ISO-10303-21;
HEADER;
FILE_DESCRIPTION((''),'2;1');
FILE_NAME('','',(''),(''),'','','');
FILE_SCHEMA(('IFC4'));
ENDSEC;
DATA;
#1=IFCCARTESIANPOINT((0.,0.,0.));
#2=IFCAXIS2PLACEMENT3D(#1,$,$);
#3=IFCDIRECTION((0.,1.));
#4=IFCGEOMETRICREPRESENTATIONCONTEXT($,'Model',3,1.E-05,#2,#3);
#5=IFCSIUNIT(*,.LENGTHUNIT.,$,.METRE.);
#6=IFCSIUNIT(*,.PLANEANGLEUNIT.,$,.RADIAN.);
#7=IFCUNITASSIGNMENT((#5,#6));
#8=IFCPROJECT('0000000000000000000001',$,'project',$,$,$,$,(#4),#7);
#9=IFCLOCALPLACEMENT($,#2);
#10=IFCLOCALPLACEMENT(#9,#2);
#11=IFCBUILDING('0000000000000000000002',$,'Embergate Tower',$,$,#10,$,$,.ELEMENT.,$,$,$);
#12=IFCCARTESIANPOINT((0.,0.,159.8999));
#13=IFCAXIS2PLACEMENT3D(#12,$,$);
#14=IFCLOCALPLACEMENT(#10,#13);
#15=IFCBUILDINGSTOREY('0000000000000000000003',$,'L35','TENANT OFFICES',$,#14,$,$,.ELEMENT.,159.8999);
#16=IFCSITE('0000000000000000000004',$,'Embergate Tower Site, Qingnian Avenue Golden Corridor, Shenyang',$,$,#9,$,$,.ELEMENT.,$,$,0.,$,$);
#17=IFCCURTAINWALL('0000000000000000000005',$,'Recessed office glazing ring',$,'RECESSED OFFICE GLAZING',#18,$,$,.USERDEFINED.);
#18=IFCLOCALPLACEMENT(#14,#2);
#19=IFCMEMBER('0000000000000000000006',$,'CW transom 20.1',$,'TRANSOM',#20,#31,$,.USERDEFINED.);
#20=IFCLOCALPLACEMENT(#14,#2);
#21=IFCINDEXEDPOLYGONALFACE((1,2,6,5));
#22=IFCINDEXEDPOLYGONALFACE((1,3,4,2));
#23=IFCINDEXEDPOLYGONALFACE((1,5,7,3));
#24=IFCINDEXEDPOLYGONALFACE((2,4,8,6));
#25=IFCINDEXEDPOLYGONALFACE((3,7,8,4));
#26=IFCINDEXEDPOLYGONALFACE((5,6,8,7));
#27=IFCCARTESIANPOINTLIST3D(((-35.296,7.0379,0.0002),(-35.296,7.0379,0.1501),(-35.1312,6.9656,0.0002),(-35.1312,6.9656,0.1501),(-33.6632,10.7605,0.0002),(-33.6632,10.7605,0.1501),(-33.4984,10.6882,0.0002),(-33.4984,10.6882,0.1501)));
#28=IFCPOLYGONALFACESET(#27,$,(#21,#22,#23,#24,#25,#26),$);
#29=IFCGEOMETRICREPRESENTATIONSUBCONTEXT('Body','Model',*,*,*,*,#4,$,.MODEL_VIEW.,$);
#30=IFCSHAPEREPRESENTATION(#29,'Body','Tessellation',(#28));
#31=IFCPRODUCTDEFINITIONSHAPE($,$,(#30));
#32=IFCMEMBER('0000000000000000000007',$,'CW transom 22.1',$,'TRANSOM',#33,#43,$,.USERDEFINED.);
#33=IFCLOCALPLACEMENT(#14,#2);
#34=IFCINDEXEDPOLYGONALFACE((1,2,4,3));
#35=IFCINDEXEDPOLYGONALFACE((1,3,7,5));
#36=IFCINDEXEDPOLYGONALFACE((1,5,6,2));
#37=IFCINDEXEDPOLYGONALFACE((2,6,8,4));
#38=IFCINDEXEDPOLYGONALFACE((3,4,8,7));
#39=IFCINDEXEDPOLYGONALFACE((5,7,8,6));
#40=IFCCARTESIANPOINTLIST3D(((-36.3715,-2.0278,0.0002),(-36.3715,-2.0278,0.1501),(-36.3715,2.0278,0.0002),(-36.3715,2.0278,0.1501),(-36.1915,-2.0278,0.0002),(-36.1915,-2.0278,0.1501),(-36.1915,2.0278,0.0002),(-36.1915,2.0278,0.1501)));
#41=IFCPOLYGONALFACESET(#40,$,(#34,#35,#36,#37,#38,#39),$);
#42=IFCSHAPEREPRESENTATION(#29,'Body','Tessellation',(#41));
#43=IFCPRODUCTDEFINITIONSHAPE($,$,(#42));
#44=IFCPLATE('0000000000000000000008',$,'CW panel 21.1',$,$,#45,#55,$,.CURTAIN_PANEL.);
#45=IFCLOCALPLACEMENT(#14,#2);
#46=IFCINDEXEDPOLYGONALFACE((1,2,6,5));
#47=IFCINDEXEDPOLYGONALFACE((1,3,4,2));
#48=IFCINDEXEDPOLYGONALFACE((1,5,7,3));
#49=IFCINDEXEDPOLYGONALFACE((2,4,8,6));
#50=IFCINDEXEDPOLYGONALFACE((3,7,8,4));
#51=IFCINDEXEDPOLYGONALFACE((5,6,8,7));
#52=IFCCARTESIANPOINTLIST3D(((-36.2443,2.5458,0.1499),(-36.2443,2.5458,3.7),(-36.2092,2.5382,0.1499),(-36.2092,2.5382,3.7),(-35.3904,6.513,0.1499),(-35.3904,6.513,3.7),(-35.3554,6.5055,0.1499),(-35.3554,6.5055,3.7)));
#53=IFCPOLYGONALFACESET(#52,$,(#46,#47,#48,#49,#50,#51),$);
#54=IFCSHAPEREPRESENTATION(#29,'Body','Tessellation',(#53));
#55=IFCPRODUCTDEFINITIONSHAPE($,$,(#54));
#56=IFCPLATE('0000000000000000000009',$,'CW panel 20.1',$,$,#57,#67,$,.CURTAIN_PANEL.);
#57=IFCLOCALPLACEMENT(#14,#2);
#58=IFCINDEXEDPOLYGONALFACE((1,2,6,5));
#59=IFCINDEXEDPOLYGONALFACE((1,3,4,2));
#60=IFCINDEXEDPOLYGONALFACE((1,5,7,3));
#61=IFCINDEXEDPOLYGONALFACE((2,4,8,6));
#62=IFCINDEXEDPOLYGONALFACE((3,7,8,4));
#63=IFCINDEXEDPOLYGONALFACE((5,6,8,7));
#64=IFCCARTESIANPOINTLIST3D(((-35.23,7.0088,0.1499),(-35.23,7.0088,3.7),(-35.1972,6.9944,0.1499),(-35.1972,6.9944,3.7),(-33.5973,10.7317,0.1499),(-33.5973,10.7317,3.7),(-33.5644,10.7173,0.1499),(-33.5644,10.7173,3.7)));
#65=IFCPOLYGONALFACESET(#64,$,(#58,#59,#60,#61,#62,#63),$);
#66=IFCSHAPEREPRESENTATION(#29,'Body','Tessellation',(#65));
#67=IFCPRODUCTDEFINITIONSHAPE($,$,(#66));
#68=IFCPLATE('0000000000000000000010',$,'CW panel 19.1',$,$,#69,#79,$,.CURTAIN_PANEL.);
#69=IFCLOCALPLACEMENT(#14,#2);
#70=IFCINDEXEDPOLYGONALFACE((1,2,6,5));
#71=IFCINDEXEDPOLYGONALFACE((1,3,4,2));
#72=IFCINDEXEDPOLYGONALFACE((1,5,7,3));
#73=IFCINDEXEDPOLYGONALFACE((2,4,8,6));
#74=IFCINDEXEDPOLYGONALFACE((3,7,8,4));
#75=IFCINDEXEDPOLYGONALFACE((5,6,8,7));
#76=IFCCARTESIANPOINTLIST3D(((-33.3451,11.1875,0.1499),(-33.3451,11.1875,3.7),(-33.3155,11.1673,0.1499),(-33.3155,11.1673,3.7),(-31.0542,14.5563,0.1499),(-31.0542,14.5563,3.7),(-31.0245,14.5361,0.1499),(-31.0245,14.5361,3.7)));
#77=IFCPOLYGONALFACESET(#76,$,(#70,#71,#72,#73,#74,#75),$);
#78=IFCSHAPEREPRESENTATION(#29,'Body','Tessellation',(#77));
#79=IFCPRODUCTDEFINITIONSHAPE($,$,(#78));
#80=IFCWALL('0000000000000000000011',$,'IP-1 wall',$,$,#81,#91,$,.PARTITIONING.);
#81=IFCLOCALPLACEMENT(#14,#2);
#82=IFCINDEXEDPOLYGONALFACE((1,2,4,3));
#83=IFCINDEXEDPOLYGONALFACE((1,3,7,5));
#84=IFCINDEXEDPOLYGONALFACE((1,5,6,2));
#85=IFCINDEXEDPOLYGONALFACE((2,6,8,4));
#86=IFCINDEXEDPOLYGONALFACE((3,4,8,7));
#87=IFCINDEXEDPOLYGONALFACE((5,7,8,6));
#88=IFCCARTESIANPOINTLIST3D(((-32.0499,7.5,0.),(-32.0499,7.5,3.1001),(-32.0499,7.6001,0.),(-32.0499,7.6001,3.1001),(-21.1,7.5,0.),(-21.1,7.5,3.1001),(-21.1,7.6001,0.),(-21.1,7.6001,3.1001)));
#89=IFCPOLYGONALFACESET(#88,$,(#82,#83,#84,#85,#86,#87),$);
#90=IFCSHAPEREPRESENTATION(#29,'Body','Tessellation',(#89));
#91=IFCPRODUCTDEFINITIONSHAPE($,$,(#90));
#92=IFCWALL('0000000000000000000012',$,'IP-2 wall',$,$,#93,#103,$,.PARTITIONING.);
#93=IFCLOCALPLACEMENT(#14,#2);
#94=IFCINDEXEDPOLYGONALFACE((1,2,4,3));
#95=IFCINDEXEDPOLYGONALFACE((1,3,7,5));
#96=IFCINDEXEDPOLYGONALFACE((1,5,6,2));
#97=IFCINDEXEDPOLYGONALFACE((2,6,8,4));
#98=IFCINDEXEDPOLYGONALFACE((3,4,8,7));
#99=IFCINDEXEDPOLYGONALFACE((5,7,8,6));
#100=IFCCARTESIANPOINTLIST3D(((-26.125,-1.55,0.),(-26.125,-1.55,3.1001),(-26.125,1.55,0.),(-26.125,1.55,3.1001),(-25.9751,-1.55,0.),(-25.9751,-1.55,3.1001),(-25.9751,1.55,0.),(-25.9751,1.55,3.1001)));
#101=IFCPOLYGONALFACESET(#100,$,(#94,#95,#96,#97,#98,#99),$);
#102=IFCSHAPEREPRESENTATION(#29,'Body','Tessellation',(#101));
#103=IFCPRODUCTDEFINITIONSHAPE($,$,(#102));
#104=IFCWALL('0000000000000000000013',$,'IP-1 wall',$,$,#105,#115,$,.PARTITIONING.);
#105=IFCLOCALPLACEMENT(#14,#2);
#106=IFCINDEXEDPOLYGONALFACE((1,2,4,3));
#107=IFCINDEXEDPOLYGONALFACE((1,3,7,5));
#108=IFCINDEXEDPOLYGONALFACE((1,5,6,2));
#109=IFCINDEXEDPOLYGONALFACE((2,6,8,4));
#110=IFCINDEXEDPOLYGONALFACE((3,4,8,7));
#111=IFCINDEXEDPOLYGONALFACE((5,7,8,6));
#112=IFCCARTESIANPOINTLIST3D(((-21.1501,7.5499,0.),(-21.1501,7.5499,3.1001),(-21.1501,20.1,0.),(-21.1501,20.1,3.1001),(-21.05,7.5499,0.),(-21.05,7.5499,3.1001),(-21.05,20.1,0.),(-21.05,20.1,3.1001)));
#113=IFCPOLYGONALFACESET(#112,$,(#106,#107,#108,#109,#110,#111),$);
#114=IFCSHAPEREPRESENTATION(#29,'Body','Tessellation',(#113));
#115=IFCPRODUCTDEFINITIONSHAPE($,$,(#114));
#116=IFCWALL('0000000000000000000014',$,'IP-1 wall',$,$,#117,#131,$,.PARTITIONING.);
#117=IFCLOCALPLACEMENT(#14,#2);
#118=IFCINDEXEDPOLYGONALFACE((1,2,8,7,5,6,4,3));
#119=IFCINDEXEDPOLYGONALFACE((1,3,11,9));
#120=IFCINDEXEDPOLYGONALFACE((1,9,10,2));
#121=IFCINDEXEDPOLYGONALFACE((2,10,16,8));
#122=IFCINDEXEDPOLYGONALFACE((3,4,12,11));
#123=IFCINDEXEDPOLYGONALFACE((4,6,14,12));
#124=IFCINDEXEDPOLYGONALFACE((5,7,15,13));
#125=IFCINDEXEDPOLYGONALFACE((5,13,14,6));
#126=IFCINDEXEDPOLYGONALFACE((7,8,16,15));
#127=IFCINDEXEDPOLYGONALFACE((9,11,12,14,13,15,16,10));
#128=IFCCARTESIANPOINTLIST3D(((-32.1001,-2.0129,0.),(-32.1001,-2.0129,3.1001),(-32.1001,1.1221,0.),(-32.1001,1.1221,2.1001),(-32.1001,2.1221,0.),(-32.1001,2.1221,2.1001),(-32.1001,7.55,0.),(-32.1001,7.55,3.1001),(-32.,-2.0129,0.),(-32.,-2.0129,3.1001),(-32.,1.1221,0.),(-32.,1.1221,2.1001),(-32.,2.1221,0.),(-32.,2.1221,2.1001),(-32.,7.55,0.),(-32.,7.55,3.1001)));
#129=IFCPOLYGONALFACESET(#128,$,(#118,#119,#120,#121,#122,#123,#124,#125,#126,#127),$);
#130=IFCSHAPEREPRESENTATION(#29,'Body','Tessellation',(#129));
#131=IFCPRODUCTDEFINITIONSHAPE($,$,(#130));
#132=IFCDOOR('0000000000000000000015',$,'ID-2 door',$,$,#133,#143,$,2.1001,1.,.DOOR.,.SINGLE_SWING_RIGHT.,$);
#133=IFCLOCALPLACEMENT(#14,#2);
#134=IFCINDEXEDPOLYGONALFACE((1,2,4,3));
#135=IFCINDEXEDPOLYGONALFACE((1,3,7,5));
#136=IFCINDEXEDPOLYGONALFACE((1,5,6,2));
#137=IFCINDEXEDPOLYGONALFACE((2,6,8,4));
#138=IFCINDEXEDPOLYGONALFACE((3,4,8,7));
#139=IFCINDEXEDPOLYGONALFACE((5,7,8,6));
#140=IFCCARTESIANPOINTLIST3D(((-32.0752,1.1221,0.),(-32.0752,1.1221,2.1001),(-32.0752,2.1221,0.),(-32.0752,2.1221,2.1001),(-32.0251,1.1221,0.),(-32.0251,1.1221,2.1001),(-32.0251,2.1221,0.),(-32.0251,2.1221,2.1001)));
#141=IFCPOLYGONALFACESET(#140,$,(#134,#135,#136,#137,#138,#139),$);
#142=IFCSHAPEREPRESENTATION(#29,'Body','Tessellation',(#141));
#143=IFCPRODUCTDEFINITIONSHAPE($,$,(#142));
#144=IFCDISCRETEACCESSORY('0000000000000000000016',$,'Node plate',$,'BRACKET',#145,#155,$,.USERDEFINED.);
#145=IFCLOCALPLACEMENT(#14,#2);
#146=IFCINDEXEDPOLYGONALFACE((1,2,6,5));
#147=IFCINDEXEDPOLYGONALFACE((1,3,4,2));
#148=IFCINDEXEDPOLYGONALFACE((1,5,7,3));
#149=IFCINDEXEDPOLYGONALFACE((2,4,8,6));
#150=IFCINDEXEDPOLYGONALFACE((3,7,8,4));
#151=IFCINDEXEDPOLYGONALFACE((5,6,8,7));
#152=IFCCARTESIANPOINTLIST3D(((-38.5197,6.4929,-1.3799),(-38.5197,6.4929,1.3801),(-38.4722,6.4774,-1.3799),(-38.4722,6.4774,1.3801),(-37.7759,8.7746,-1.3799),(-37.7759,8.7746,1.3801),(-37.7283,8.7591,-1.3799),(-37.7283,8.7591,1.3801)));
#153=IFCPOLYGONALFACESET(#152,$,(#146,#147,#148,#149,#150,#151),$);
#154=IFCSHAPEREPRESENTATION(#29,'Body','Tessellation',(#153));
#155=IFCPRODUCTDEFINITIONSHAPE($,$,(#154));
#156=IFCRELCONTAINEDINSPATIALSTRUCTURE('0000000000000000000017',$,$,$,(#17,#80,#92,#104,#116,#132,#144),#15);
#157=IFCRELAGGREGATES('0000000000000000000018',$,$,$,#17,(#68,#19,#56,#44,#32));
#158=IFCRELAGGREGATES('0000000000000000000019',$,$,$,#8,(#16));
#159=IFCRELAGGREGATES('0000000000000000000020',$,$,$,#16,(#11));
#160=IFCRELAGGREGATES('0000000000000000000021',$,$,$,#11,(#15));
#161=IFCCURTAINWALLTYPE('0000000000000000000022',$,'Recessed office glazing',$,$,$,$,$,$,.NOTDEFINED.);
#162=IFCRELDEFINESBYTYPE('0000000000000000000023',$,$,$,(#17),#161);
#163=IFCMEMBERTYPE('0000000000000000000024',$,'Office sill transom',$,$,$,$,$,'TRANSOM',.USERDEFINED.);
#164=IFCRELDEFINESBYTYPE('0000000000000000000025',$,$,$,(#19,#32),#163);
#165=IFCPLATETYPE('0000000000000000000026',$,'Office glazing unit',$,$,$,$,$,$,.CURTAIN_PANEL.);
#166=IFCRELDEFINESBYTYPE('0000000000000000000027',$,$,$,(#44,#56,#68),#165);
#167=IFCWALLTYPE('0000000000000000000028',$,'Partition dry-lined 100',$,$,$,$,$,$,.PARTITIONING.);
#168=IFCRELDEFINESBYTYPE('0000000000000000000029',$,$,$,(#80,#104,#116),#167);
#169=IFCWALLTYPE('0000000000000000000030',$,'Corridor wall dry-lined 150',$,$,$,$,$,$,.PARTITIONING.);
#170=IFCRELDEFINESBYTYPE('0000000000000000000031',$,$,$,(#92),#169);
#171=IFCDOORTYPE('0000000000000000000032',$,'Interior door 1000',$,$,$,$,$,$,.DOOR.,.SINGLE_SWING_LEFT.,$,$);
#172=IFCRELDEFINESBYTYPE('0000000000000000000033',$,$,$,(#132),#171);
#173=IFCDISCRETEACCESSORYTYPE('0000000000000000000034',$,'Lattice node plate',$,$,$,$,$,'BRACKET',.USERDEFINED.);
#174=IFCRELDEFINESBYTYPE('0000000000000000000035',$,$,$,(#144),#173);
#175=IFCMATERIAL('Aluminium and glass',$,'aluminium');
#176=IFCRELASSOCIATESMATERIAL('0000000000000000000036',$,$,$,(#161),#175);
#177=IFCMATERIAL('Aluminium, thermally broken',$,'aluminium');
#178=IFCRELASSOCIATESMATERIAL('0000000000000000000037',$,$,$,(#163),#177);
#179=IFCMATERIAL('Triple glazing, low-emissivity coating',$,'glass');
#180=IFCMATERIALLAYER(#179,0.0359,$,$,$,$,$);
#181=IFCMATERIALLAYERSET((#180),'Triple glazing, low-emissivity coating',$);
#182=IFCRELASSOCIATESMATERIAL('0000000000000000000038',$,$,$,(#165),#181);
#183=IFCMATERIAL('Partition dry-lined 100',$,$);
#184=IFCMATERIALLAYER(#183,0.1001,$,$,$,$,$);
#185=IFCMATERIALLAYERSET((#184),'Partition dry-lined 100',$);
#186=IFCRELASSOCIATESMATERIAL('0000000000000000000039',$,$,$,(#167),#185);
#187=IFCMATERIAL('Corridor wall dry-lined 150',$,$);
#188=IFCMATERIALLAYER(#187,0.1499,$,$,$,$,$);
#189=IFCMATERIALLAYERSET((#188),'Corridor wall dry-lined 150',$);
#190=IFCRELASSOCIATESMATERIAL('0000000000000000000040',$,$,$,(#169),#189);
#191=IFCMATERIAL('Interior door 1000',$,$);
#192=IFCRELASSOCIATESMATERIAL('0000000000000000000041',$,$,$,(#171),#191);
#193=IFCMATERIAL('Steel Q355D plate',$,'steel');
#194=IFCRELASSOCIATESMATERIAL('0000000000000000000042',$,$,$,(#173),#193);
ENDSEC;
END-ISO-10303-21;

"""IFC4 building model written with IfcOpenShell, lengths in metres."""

from ifc_helpers import new_model, si_unit, direction, frame, frame_2d, origin, origin_2d, place, context, subcontext, project, spatial, rectangle, extrude, source, transform, mapped, material, layer, layer_set, material_profile, profile_set, type_object, element, fill, aggregate, save


model = new_model("IFC4")

# Units and contexts
model_context = context("Model", 3, precision=1e-05, world=origin(), true_north=direction((0.0, 1.0)))
body_context = subcontext(model_context, "Body", "Model", "MODEL_VIEW")
ifc_project = project(units=[si_unit("LENGTHUNIT", "METRE"), si_unit("PLANEANGLEUNIT", "RADIAN")], contexts=[model_context])

# Site, building, storey
site_placement = place(None, origin())
site = spatial("IfcSite", under=ifc_project, at=site_placement, Name="Embergate Tower Site, Qingnian Avenue Golden Corridor, Shenyang", CompositionType="ELEMENT", RefElevation=0.0)
building_placement = place(site_placement, origin())
building = spatial("IfcBuilding", under=site, at=building_placement, Name="Embergate Tower", CompositionType="ELEMENT")
storey_placement = place(building_placement, frame((0.0, 0.0, 159.8999)))
storey = spatial("IfcBuildingStorey", under=building, at=storey_placement, Name="L35", Description="TENANT OFFICES", CompositionType="ELEMENT", Elevation=159.8999)

# Curtain wall, members, plates
ifc_material_1 = material(Name="Aluminium and glass", Category="aluminium")
curtain_wall_type = type_object("IfcCurtainWallType", Name="Recessed office glazing", PredefinedType="NOTDEFINED", material=ifc_material_1)
curtain_wall_placement = place(storey_placement, origin())
curtain_wall = element("IfcCurtainWall", 1, at=curtain_wall_placement, inside=storey, type_object=curtain_wall_type, Name="Recessed office glazing ring", ObjectType="RECESSED OFFICE GLAZING", PredefinedType="USERDEFINED")
ifc_material_2 = material(Name="Aluminium, thermally broken", Category="aluminium")
ifc_material_profile_1 = material_profile(ifc_material_2, rectangle(XDim=0.1799, YDim=0.1499, at=origin_2d()), Name="AL 150x180")
ifc_profile_set_1 = profile_set([ifc_material_profile_1], Name="Aluminium, thermally broken")
member_type_1 = type_object("IfcMemberType", Name="Office sill transom", ElementType="TRANSOM", PredefinedType="USERDEFINED", material=ifc_profile_set_1)
shared_shape_1 = source(origin(), body_context, "Body", "SweptSolid", [
    extrude(rectangle(XDim=0.1799, YDim=0.1499, at=origin_2d()), origin(), (0.0, 0.0, 1.0), 4.0649),
])
member_1_placement = place(storey_placement, frame((-33.5808, 10.7244, 0.0752), z_axis=(-0.401676, -0.915782, 0.0), x_axis=(0.915782, -0.401676, 0.0)))
member_1 = element("IfcMember", 2, at=member_1_placement, type_object=member_type_1, Name="CW transom 20.1", ObjectType="TRANSOM", PredefinedType="USERDEFINED", context=body_context, shape_type="MappedRepresentation", body=[
    mapped(shared_shape_1, transform((0.0, 0.0, 0.0))),
])
shared_shape_2 = source(origin(), body_context, "Body", "SweptSolid", [
    extrude(rectangle(XDim=0.1799, YDim=0.1499, at=origin_2d()), origin(), (0.0, 0.0, 1.0), 4.0557),
])
member_2_placement = place(storey_placement, frame((-36.2815, 2.0278, 0.0752), z_axis=(0.0, -1.0, 0.0), x_axis=(1.0, 0.0, 0.0)))
member_2 = element("IfcMember", 3, at=member_2_placement, type_object=member_type_1, Name="CW transom 22.1", ObjectType="TRANSOM", PredefinedType="USERDEFINED", context=body_context, shape_type="MappedRepresentation", body=[
    mapped(shared_shape_2, transform((0.0, 0.0, 0.0))),
])
ifc_material_3 = material(Name="Triple glazing, low-emissivity coating", Category="glass")
ifc_layer_1 = layer(ifc_material_3, 0.0359)
ifc_layer_set_1 = layer_set([ifc_layer_1], Name="Triple glazing, low-emissivity coating")
plate_type = type_object("IfcPlateType", Name="Office glazing unit", PredefinedType="CURTAIN_PANEL", material=ifc_layer_set_1)
shared_shape_3 = source(origin(), body_context, "Body", "SweptSolid", [
    extrude(rectangle(XDim=4.0581, YDim=0.0359, at=origin_2d()), origin(), (0.0, 0.0, 1.0), 3.55),
])
plate_1_placement = place(storey_placement, frame((-35.7998, 4.5256, 0.1499), z_axis=(0.0, 0.0, 1.0), x_axis=(-0.210398, -0.977616, 0.0)))
plate_1 = element("IfcPlate", 4, at=plate_1_placement, type_object=plate_type, Name="CW panel 21.1", PredefinedType="CURTAIN_PANEL", context=body_context, shape_type="MappedRepresentation", body=[
    mapped(shared_shape_3, transform((0.0, 0.0, 0.0))),
])
shared_shape_4 = source(origin(), body_context, "Body", "SweptSolid", [
    extrude(rectangle(XDim=4.0652, YDim=0.0359, at=origin_2d()), origin(), (0.0, 0.0, 1.0), 3.55),
])
plate_2_placement = place(storey_placement, frame((-34.3972, 8.863, 0.1499), z_axis=(0.0, 0.0, 1.0), x_axis=(-0.401652, -0.915792, 0.0)))
plate_2 = element("IfcPlate", 5, at=plate_2_placement, type_object=plate_type, Name="CW panel 20.1", PredefinedType="CURTAIN_PANEL", context=body_context, shape_type="MappedRepresentation", body=[
    mapped(shared_shape_4, transform((0.0, 0.0, 0.0))),
])
shared_shape_5 = source(origin(), body_context, "Body", "SweptSolid", [
    extrude(rectangle(XDim=4.074, YDim=0.0359, at=origin_2d()), origin(), (0.0, 0.0, 1.0), 3.55),
])
plate_3_placement = place(storey_placement, frame((-32.1848, 12.8618, 0.1499), z_axis=(0.0, 0.0, 1.0), x_axis=(-0.562342, -0.826905, 0.0)))
plate_3 = element("IfcPlate", 6, at=plate_3_placement, type_object=plate_type, Name="CW panel 19.1", PredefinedType="CURTAIN_PANEL", context=body_context, shape_type="MappedRepresentation", body=[
    mapped(shared_shape_5, transform((0.0, 0.0, 0.0))),
])
aggregate(curtain_wall, [plate_3, member_1, plate_2, plate_1, member_2])

# Walls
ifc_material_4 = material(Name="Partition dry-lined 100")
ifc_layer_2 = layer(ifc_material_4, 0.1001)
ifc_layer_set_2 = layer_set([ifc_layer_2], Name="Partition dry-lined 100")
wall_type_1 = type_object("IfcWallType", Name="Partition dry-lined 100", PredefinedType="PARTITIONING", material=ifc_layer_set_2)
shared_shape_6 = source(origin(), body_context, "Body", "SweptSolid", [
    extrude(rectangle(XDim=10.95, YDim=0.1001, at=frame_2d((5.4751, 0.0))), origin(), (0.0, 0.0, 1.0), 3.1001),
])
wall_1_placement = place(storey_placement, frame((-32.05, 7.55, 0.0), z_axis=(0.0, 0.0, 1.0), x_axis=(1.0, 0.0, 0.0)))
element("IfcWall", 7, at=wall_1_placement, inside=storey, type_object=wall_type_1, Name="IP-1 wall", PredefinedType="PARTITIONING", context=body_context, shape_type="MappedRepresentation", body=[
    mapped(shared_shape_6, transform((0.0, 0.0, 0.0))),
])
ifc_material_5 = material(Name="Corridor wall dry-lined 150")
ifc_layer_3 = layer(ifc_material_5, 0.1499)
ifc_layer_set_3 = layer_set([ifc_layer_3], Name="Corridor wall dry-lined 150")
wall_type_2 = type_object("IfcWallType", Name="Corridor wall dry-lined 150", PredefinedType="PARTITIONING", material=ifc_layer_set_3)
shared_shape_7 = source(origin(), body_context, "Body", "SweptSolid", [
    extrude(rectangle(XDim=3.1001, YDim=0.1499, at=frame_2d((1.55, 0.0))), origin(), (0.0, 0.0, 1.0), 3.1001),
])
wall_2_placement = place(storey_placement, frame((-26.05, 1.55, 0.0), z_axis=(0.0, 0.0, 1.0), x_axis=(0.0, -1.0, 0.0)))
element("IfcWall", 8, at=wall_2_placement, inside=storey, type_object=wall_type_2, Name="IP-2 wall", PredefinedType="PARTITIONING", context=body_context, shape_type="MappedRepresentation", body=[
    mapped(shared_shape_7, transform((0.0, 0.0, 0.0))),
])
shared_shape_8 = source(origin(), body_context, "Body", "SweptSolid", [
    extrude(rectangle(XDim=12.55, YDim=0.1001, at=frame_2d((6.2749, 0.0))), origin(), (0.0, 0.0, 1.0), 3.1001),
])
wall_3_placement = place(storey_placement, frame((-21.1001, 7.55, 0.0), z_axis=(0.0, 0.0, 1.0), x_axis=(0.0, 1.0, 0.0)))
element("IfcWall", 9, at=wall_3_placement, inside=storey, type_object=wall_type_1, Name="IP-1 wall", PredefinedType="PARTITIONING", context=body_context, shape_type="MappedRepresentation", body=[
    mapped(shared_shape_8, transform((0.0, 0.0, 0.0))),
])

# Wall, opening, door
shared_shape_9 = source(origin(), body_context, "Body", "SweptSolid", [
    extrude(rectangle(XDim=9.563, YDim=0.1001, at=frame_2d((4.7815, 0.0))), origin(), (0.0, 0.0, 1.0), 3.1001),
])
wall_4_placement = place(storey_placement, frame((-32.05, 7.55, 0.0), z_axis=(0.0, 0.0, 1.0), x_axis=(0.0, -1.0, 0.0)))
wall_4 = element("IfcWall", 10, at=wall_4_placement, inside=storey, type_object=wall_type_1, Name="IP-1 wall", PredefinedType="PARTITIONING", context=body_context, shape_type="MappedRepresentation", body=[
    mapped(shared_shape_9, transform((0.0, 0.0, 0.0))),
])
shared_shape_10 = source(origin(), body_context, "Body", "SweptSolid", [
    extrude(rectangle(XDim=1.0, YDim=2.1001, at=frame_2d((0.5, 1.05))), frame((0.0, 0.0601, 0.0), z_axis=(0.0, -1.0, 0.0), x_axis=(1.0, 0.0, 0.0)), (0.0, 0.0, 1.0), 0.1201),
])
opening_placement = place(wall_4_placement, frame((5.428, 0.0, 0.0)))
opening = element("IfcOpeningElement", 11, at=opening_placement, cuts=wall_4, PredefinedType="OPENING", context=body_context, shape_type="MappedRepresentation", body=[
    mapped(shared_shape_10, transform((0.0, 0.0, 0.0))),
])
ifc_material_6 = material(Name="Interior door 1000")
door_type = type_object("IfcDoorType", Name="Interior door 1000", OperationType="SINGLE_SWING_LEFT", PredefinedType="DOOR", material=ifc_material_6)
shared_shape_11 = source(origin(), body_context, "Body", "SweptSolid", [
    extrude(rectangle(XDim=1.0, YDim=2.1001, at=frame_2d((0.5, 1.05))), frame((0.0, 0.0249, 0.0), z_axis=(0.0, -1.0, 0.0), x_axis=(1.0, 0.0, 0.0)), (0.0, 0.0, 1.0), 0.05),
])
door_placement = place(opening_placement, origin())
door = element("IfcDoor", 12, at=door_placement, inside=storey, type_object=door_type, Name="ID-2 door", OperationType="SINGLE_SWING_RIGHT", OverallHeight=2.1001, OverallWidth=1.0, PredefinedType="DOOR", context=body_context, shape_type="MappedRepresentation", body=[
    mapped(shared_shape_11, transform((0.0, 0.0, 0.0))),
])
fill(opening, door)

# Discrete accessory
ifc_material_7 = material(Name="Steel Q355D plate", Category="steel")
discrete_accessory_type = type_object("IfcDiscreteAccessoryType", Name="Lattice node plate", ElementType="BRACKET", PredefinedType="USERDEFINED", material=ifc_material_7)
shared_shape_12 = source(origin(), body_context, "Body", "SweptSolid", [
    extrude(rectangle(XDim=2.3999, YDim=0.05, at=origin_2d()), origin(), (0.0, 0.0, 1.0), 2.76),
])
discrete_accessory_placement = place(storey_placement, frame((-38.124, 7.626, -1.3799), z_axis=(0.0, 0.0, 1.0), x_axis=(-0.309946, -0.950754, 0.0)))
element("IfcDiscreteAccessory", 13, at=discrete_accessory_placement, inside=storey, type_object=discrete_accessory_type, Name="Node plate", ObjectType="BRACKET", PredefinedType="USERDEFINED", context=body_context, shape_type="MappedRepresentation", body=[
    mapped(shared_shape_12, transform((0.0, 0.0, 0.0))),
])

save(model, "model.ifc")
